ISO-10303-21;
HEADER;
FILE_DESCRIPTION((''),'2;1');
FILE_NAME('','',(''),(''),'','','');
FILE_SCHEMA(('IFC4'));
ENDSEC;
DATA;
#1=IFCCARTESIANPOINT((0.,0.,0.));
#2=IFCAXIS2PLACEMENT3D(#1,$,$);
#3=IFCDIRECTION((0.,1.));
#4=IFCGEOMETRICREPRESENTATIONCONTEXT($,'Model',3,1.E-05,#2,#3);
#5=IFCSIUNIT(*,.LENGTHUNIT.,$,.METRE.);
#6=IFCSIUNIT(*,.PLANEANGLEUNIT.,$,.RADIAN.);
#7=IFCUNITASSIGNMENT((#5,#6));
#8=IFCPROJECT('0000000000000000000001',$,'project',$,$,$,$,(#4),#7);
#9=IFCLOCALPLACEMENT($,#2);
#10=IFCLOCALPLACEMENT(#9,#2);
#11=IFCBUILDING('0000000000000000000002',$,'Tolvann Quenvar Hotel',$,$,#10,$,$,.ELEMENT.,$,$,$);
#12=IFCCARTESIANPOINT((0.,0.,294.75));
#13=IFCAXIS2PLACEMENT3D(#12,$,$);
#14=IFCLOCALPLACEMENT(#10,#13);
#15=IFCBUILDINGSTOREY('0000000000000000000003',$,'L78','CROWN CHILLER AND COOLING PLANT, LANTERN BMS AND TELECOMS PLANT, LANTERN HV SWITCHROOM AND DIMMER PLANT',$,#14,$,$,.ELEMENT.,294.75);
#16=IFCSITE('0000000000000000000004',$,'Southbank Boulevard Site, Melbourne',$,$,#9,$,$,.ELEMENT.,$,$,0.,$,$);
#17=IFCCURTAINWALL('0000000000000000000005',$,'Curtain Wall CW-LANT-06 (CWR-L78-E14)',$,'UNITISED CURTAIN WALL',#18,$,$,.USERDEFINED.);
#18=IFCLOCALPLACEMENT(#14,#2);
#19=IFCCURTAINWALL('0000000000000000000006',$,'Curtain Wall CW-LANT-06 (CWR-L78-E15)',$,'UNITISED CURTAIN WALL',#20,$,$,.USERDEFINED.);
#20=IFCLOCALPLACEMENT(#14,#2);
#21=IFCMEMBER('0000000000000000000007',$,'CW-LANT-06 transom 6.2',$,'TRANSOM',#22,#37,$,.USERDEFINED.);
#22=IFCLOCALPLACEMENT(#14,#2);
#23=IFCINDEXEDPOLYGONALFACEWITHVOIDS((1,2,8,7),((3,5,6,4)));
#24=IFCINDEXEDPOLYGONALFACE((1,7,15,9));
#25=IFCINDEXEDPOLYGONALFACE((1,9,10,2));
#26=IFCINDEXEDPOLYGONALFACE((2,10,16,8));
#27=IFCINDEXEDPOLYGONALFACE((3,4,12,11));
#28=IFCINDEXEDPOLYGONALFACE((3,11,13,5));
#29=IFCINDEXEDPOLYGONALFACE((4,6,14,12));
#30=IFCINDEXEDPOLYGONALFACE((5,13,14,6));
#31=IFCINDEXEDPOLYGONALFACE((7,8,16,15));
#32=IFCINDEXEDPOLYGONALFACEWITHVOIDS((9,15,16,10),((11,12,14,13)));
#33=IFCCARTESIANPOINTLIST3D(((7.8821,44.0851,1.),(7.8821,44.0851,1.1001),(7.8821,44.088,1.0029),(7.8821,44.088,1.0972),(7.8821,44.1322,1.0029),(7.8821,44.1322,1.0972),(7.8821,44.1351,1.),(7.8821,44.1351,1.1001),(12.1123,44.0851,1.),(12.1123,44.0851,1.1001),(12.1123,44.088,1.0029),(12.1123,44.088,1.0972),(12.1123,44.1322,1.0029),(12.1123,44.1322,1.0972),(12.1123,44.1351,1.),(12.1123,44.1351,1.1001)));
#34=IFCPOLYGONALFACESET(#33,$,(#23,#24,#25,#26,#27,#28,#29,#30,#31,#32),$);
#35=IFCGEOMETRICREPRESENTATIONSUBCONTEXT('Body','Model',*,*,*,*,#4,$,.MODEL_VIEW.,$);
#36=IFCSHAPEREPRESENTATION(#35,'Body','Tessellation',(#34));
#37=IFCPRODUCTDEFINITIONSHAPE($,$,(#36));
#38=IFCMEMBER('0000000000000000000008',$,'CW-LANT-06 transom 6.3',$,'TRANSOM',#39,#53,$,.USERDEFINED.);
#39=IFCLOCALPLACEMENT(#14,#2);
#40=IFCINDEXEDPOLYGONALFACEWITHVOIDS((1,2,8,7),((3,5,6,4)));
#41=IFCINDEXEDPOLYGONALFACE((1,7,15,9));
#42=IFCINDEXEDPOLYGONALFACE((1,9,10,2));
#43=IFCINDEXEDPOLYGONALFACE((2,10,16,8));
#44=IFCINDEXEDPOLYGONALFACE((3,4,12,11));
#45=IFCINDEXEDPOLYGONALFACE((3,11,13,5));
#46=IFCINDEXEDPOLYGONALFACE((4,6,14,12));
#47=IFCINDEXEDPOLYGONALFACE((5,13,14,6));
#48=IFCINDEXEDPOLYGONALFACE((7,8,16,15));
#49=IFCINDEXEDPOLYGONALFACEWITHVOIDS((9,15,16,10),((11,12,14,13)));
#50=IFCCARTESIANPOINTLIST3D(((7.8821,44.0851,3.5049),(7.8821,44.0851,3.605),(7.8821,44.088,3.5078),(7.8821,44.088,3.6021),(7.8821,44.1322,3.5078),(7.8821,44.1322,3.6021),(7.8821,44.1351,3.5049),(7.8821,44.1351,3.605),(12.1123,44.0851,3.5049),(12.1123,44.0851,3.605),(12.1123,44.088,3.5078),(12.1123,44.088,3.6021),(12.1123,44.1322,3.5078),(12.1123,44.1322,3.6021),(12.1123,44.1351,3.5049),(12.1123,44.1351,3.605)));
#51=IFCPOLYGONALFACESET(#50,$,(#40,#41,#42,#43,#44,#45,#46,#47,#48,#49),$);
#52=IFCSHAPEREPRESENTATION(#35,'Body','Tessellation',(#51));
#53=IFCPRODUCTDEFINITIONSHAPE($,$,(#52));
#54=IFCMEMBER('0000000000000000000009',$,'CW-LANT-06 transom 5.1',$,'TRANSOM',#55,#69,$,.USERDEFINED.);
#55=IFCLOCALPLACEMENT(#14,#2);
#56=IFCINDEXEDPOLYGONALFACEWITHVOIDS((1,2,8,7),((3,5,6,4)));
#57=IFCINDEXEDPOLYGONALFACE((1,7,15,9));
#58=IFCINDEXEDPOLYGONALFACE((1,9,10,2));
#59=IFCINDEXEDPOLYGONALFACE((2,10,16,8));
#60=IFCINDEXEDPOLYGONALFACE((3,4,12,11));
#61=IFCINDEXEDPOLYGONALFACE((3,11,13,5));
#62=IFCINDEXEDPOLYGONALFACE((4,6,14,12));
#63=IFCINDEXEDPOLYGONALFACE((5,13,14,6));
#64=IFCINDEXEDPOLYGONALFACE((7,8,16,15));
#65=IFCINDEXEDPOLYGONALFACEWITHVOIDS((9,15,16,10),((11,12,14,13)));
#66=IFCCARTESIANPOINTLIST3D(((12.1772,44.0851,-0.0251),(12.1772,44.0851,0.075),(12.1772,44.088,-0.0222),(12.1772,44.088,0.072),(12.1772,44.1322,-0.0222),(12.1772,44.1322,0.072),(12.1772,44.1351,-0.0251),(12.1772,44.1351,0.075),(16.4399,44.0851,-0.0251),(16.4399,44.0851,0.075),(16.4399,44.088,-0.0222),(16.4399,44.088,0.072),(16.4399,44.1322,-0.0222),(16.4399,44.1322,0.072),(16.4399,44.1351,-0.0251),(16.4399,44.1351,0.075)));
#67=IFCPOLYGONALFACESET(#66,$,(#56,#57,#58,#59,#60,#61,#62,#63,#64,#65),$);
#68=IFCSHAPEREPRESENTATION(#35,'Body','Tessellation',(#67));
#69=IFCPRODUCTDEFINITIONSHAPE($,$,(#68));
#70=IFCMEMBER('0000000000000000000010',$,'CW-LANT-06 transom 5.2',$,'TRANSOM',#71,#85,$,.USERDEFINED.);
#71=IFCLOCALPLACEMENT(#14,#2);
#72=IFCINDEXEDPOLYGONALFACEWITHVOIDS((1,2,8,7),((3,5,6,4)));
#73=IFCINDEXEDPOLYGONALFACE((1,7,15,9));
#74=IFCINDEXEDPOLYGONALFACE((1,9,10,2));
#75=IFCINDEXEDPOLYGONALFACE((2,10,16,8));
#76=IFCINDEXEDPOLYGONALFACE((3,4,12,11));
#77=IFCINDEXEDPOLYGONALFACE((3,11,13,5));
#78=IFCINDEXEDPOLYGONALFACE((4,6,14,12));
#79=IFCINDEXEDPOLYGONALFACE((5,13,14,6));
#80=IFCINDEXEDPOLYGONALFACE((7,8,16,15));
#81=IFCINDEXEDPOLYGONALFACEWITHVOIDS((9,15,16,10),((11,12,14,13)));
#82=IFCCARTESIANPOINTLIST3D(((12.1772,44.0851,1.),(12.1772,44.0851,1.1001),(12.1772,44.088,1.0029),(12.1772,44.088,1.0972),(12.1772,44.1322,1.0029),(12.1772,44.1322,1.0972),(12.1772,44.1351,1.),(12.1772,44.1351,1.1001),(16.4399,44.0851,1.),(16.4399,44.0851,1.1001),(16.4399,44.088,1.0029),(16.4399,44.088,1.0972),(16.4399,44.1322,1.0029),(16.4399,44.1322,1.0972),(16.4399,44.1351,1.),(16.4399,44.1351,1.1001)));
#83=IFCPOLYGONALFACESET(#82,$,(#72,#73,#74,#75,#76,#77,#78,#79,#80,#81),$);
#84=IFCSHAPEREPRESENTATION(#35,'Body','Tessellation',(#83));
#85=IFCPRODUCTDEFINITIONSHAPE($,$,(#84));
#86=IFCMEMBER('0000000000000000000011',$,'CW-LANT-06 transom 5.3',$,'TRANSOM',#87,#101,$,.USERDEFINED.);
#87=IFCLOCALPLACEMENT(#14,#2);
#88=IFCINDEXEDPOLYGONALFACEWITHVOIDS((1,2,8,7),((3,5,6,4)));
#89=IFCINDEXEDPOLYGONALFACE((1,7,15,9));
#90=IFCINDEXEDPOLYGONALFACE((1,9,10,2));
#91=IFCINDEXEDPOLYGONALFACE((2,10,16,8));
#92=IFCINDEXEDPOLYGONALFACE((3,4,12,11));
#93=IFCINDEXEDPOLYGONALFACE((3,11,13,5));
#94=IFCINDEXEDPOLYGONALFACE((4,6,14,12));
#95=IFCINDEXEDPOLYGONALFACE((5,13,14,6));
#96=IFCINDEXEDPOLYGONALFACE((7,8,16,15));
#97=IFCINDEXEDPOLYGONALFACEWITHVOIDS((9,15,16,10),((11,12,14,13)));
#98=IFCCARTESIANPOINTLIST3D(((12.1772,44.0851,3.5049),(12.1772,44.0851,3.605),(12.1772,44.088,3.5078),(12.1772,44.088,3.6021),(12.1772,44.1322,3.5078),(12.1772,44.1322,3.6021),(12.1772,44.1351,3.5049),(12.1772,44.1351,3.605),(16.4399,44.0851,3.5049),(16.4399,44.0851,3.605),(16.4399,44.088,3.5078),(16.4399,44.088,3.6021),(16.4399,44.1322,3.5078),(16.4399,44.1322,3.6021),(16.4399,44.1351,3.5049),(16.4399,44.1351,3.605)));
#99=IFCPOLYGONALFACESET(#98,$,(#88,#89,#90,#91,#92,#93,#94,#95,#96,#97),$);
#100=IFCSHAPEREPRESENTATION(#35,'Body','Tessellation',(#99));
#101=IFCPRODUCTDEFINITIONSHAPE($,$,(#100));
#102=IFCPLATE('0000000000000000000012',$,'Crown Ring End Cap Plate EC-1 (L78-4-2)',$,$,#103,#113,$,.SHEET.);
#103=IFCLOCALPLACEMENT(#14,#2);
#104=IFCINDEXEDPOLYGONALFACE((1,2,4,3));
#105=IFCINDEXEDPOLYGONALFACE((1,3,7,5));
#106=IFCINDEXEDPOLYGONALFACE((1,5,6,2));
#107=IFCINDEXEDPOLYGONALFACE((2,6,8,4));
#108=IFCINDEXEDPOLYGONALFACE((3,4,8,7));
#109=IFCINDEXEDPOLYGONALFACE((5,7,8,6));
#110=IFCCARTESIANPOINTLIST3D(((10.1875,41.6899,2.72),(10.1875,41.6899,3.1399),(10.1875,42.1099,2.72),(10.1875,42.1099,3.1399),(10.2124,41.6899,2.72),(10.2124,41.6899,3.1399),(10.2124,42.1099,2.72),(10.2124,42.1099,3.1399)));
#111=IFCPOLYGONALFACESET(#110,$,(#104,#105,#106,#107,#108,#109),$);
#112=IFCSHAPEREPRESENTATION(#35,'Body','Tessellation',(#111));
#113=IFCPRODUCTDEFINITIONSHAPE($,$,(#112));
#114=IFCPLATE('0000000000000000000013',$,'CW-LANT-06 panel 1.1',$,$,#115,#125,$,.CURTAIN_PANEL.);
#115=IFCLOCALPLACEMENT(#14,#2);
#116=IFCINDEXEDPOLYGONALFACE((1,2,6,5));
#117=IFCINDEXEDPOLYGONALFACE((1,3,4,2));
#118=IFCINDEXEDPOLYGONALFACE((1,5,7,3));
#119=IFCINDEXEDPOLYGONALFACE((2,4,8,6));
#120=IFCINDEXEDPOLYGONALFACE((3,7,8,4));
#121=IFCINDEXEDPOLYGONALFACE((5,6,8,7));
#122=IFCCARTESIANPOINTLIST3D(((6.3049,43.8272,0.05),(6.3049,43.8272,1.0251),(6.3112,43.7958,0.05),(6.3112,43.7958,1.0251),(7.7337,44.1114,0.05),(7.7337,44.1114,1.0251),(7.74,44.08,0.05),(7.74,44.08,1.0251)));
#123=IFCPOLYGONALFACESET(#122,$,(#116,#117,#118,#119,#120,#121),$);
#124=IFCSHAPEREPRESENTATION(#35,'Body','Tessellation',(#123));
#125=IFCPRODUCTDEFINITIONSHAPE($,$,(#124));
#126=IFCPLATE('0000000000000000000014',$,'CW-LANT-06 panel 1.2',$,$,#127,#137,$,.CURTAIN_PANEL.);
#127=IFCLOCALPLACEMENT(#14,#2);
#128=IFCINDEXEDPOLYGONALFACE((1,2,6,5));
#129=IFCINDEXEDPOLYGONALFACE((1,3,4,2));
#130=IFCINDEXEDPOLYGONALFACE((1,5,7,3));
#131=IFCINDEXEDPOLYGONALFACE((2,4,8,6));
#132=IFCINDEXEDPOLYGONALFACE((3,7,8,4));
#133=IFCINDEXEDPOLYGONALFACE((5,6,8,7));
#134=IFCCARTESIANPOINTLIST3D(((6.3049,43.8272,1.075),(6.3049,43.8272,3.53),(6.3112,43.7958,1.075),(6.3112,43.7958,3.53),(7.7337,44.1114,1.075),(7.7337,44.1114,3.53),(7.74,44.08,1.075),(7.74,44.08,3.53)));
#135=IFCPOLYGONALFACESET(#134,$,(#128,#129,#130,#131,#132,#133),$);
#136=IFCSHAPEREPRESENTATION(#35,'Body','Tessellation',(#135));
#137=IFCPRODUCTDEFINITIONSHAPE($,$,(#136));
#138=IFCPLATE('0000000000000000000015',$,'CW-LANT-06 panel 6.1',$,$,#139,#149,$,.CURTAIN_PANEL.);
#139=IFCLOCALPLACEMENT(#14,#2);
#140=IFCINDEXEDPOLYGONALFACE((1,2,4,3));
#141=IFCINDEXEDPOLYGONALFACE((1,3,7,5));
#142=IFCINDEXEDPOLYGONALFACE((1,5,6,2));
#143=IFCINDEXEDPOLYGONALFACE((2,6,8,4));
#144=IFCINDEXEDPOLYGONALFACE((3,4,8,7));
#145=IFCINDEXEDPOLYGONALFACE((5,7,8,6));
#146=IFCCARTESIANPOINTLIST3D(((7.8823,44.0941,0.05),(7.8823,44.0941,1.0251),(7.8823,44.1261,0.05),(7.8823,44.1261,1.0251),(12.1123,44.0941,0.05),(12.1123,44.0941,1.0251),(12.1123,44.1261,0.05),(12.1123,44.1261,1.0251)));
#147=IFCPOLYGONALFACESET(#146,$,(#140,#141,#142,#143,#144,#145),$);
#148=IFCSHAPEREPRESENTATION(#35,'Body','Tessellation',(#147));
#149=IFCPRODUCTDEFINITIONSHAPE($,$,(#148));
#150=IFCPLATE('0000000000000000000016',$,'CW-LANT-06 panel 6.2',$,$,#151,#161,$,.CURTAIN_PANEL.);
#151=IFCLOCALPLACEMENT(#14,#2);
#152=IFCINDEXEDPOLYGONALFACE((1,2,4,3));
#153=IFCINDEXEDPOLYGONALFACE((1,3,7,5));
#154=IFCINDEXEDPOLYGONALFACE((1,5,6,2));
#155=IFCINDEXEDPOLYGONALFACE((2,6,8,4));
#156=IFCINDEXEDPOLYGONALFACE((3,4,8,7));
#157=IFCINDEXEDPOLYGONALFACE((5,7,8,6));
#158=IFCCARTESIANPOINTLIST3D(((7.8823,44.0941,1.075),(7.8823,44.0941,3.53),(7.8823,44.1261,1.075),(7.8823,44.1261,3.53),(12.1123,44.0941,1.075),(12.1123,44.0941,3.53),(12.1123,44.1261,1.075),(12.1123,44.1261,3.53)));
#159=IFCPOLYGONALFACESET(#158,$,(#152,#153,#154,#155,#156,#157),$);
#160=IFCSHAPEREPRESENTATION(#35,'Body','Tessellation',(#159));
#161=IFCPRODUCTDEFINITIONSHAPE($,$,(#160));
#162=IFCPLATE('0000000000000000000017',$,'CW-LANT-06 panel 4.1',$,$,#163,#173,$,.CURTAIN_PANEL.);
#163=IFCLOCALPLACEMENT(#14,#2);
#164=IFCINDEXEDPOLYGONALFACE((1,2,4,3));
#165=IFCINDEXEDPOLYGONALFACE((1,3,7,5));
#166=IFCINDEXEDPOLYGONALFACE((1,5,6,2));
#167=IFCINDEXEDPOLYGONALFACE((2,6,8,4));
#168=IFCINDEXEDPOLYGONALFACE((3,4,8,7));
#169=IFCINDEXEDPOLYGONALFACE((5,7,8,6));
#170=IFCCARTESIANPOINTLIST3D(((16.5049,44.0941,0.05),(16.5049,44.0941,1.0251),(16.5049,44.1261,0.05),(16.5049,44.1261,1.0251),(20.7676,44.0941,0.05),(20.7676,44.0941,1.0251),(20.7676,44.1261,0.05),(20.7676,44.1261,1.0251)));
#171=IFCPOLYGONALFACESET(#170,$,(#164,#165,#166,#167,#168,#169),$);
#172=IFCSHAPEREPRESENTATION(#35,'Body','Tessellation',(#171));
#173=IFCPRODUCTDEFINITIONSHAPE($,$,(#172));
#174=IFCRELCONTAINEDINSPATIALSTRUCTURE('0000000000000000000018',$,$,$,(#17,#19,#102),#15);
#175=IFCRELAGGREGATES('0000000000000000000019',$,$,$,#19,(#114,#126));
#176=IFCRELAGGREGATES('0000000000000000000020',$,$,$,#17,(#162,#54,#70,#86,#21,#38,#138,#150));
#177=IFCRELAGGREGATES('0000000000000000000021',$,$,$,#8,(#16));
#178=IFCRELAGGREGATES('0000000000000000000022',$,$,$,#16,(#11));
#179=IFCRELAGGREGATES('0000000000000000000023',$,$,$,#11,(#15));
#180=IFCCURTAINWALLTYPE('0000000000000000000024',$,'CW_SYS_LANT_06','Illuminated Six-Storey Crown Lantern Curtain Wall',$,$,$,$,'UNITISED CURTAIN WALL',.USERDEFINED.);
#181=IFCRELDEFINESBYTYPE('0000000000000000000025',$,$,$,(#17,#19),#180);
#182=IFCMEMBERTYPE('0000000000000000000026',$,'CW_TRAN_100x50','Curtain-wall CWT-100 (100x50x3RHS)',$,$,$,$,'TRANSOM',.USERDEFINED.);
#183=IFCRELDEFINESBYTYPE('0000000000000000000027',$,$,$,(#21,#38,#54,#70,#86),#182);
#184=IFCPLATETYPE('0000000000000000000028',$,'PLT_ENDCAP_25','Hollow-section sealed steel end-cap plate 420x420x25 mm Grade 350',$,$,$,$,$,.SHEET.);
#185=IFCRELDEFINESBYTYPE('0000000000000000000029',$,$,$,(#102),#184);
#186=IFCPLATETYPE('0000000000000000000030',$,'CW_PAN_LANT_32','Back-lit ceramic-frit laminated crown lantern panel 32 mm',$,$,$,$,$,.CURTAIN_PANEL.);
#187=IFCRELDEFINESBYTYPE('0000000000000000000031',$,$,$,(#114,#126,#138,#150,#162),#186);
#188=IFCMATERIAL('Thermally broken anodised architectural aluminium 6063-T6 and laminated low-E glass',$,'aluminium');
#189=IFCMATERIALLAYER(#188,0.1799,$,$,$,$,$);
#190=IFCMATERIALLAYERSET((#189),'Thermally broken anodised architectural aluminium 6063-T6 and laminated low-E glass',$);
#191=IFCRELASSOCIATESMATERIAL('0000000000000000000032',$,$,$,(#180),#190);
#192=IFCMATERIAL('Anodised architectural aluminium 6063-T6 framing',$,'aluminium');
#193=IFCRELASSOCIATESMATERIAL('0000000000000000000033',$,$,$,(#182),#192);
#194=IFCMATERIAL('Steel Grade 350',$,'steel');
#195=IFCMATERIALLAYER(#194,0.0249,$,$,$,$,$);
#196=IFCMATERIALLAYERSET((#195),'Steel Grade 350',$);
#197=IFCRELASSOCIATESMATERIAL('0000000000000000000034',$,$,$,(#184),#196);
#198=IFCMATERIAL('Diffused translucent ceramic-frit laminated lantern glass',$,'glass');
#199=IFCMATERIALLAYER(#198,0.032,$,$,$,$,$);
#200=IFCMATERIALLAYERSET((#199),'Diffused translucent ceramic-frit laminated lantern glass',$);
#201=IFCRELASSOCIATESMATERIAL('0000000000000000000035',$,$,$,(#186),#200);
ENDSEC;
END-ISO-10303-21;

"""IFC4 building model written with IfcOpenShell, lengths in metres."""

from ifc_helpers import new_model, si_unit, direction, frame, origin, origin_2d, place, context, subcontext, project, spatial, rectangle, hollow_rectangle, extrude, source, transform, mapped, material, layer, layer_set, material_profile, profile_set, type_object, type_shapes, element, aggregate, save


model = new_model("IFC4")

# Units and contexts
model_context = context("Model", 3, precision=1e-05, world=origin(), true_north=direction((0.0, 1.0)))
body_context = subcontext(model_context, "Body", "Model", "MODEL_VIEW")
ifc_project = project(units=[si_unit("LENGTHUNIT", "METRE"), si_unit("PLANEANGLEUNIT", "RADIAN")], contexts=[model_context])

# Site, building, storey
site_placement = place(None, origin())
site = spatial("IfcSite", under=ifc_project, at=site_placement, Name="Southbank Boulevard Site, Melbourne", CompositionType="ELEMENT", RefElevation=0.0)
building_placement = place(site_placement, origin())
building = spatial("IfcBuilding", under=site, at=building_placement, Name="Tolvann Quenvar Hotel", CompositionType="ELEMENT")
storey_placement = place(building_placement, frame((0.0, 0.0, 294.75)))
storey = spatial("IfcBuildingStorey", under=building, at=storey_placement, Name="L78", Description="CROWN CHILLER AND COOLING PLANT, LANTERN BMS AND TELECOMS PLANT, LANTERN HV SWITCHROOM AND DIMMER PLANT", CompositionType="ELEMENT", Elevation=294.75)

# Curtain walls
ifc_material_1 = material(Name="Thermally broken anodised architectural aluminium 6063-T6 and laminated low-E glass", Category="aluminium")
ifc_layer_1 = layer(ifc_material_1, 0.1799)
ifc_layer_set_1 = layer_set([ifc_layer_1], Name="Thermally broken anodised architectural aluminium 6063-T6 and laminated low-E glass")
curtain_wall_type = type_object("IfcCurtainWallType", Name="CW_SYS_LANT_06", Description="Illuminated Six-Storey Crown Lantern Curtain Wall", ElementType="UNITISED CURTAIN WALL", PredefinedType="USERDEFINED", material=ifc_layer_set_1)
curtain_wall_1_placement = place(storey_placement, origin())
curtain_wall_1 = element("IfcCurtainWall", 1, at=curtain_wall_1_placement, inside=storey, type_object=curtain_wall_type, Name="Curtain Wall CW-LANT-06 (CWR-L78-E14)", ObjectType="UNITISED CURTAIN WALL", PredefinedType="USERDEFINED")
ifc_material_2 = material(Name="Anodised architectural aluminium 6063-T6 framing", Category="aluminium")
curtain_wall_2_placement = place(storey_placement, origin())
curtain_wall_2 = element("IfcCurtainWall", 2, at=curtain_wall_2_placement, inside=storey, type_object=curtain_wall_type, Name="Curtain Wall CW-LANT-06 (CWR-L78-E15)", ObjectType="UNITISED CURTAIN WALL", PredefinedType="USERDEFINED")

# Members
ifc_material_profile_1 = material_profile(ifc_material_2, hollow_rectangle(XDim=0.05, YDim=0.1001, WallThickness=0.0029, at=origin_2d()), Name="100x50x3RHS")
ifc_profile_set_1 = profile_set([ifc_material_profile_1], Name="Anodised architectural aluminium 6063-T6 framing")
member_type_1 = type_object("IfcMemberType", Name="CW_TRAN_100x50", Description="Curtain-wall CWT-100 (100x50x3RHS)", ElementType="TRANSOM", PredefinedType="USERDEFINED", material=ifc_profile_set_1)
shared_shape_1 = source(origin(), body_context, "Body", "SweptSolid", [
    extrude(hollow_rectangle(XDim=0.05, YDim=0.1001, WallThickness=0.0029, at=origin_2d()), origin(), (0.0, 0.0, 1.0), 4.2302),
])
member_1_placement = place(storey_placement, frame((12.1123, 44.1101, 1.05), z_axis=(-1.0, 0.0, 0.0), x_axis=(0.0, -1.0, 0.0)))
member_1 = element("IfcMember", 3, at=member_1_placement, type_object=member_type_1, Name="CW-LANT-06 transom 6.2", ObjectType="TRANSOM", PredefinedType="USERDEFINED", context=body_context, shape_type="MappedRepresentation", body=[
    mapped(shared_shape_1, transform((0.0, 0.0, 0.0), x_axis=(1.0, 0.0, 0.0), y_axis=(0.0, 1.0, 0.0), z_axis=(0.0, 0.0, 1.0), scale=1.0)),
])
member_2_placement = place(storey_placement, frame((12.1123, 44.1101, 3.5549), z_axis=(-1.0, 0.0, 0.0), x_axis=(0.0, -1.0, 0.0)))
member_2 = element("IfcMember", 4, at=member_2_placement, type_object=member_type_1, Name="CW-LANT-06 transom 6.3", ObjectType="TRANSOM", PredefinedType="USERDEFINED", context=body_context, shape_type="MappedRepresentation", body=[
    mapped(shared_shape_1, transform((0.0, 0.0, 0.0), x_axis=(1.0, 0.0, 0.0), y_axis=(0.0, 1.0, 0.0), z_axis=(0.0, 0.0, 1.0), scale=1.0)),
])
shared_shape_2 = source(origin(), body_context, "Body", "SweptSolid", [
    extrude(hollow_rectangle(XDim=0.05, YDim=0.1001, WallThickness=0.0029, at=origin_2d()), origin(), (0.0, 0.0, 1.0), 4.2627),
])
member_3_placement = place(storey_placement, frame((16.4399, 44.1101, 0.0249), z_axis=(-1.0, 0.0, 0.0), x_axis=(0.0, -1.0, 0.0)))
member_3 = element("IfcMember", 5, at=member_3_placement, type_object=member_type_1, Name="CW-LANT-06 transom 5.1", ObjectType="TRANSOM", PredefinedType="USERDEFINED", context=body_context, shape_type="MappedRepresentation", body=[
    mapped(shared_shape_2, transform((0.0, 0.0, 0.0), x_axis=(1.0, 0.0, 0.0), y_axis=(0.0, 1.0, 0.0), z_axis=(0.0, 0.0, 1.0), scale=1.0)),
])
member_4_placement = place(storey_placement, frame((16.4399, 44.1101, 1.05), z_axis=(-1.0, 0.0, 0.0), x_axis=(0.0, -1.0, 0.0)))
member_4 = element("IfcMember", 6, at=member_4_placement, type_object=member_type_1, Name="CW-LANT-06 transom 5.2", ObjectType="TRANSOM", PredefinedType="USERDEFINED", context=body_context, shape_type="MappedRepresentation", body=[
    mapped(shared_shape_2, transform((0.0, 0.0, 0.0), x_axis=(1.0, 0.0, 0.0), y_axis=(0.0, 1.0, 0.0), z_axis=(0.0, 0.0, 1.0), scale=1.0)),
])
member_5_placement = place(storey_placement, frame((16.4399, 44.1101, 3.5549), z_axis=(-1.0, 0.0, 0.0), x_axis=(0.0, -1.0, 0.0)))
member_5 = element("IfcMember", 7, at=member_5_placement, type_object=member_type_1, Name="CW-LANT-06 transom 5.3", ObjectType="TRANSOM", PredefinedType="USERDEFINED", context=body_context, shape_type="MappedRepresentation", body=[
    mapped(shared_shape_2, transform((0.0, 0.0, 0.0), x_axis=(1.0, 0.0, 0.0), y_axis=(0.0, 1.0, 0.0), z_axis=(0.0, 0.0, 1.0), scale=1.0)),
])

# Plates
ifc_material_3 = material(Name="Steel Grade 350", Category="steel")
ifc_layer_2 = layer(ifc_material_3, 0.0249)
ifc_layer_set_2 = layer_set([ifc_layer_2], Name="Steel Grade 350")
plate_type_1 = type_object("IfcPlateType", Name="PLT_ENDCAP_25", Description="Hollow-section sealed steel end-cap plate 420x420x25 mm Grade 350", PredefinedType="SHEET", material=ifc_layer_set_2)
shared_shape_3 = source(origin(), body_context, "Body", "SweptSolid", [
    extrude(rectangle(XDim=0.0249, YDim=0.4199, at=origin_2d()), origin(), (0.0, 0.0, 1.0), 0.4199),
])
type_shapes(plate_type_1, [shared_shape_3])
plate_1_placement = place(storey_placement, frame((10.2, 41.8999, 2.72), z_axis=(0.0, 0.0, 1.0), x_axis=(1.0, 0.0, 0.0)))
element("IfcPlate", 8, at=plate_1_placement, inside=storey, type_object=plate_type_1, Name="Crown Ring End Cap Plate EC-1 (L78-4-2)", PredefinedType="SHEET", context=body_context, shape_type="MappedRepresentation", body=[
    mapped(shared_shape_3, transform((0.0, 0.0, 0.0), x_axis=(1.0, 0.0, 0.0), y_axis=(0.0, 1.0, 0.0), z_axis=(0.0, 0.0, 1.0), scale=1.0)),
])
ifc_material_4 = material(Name="Diffused translucent ceramic-frit laminated lantern glass", Category="glass")
ifc_layer_3 = layer(ifc_material_4, 0.032)
ifc_layer_set_3 = layer_set([ifc_layer_3], Name="Diffused translucent ceramic-frit laminated lantern glass")
plate_type_2 = type_object("IfcPlateType", Name="CW_PAN_LANT_32", Description="Back-lit ceramic-frit laminated crown lantern panel 32 mm", PredefinedType="CURTAIN_PANEL", material=ifc_layer_set_3)
shared_shape_4 = source(origin(), body_context, "Body", "SweptSolid", [
    extrude(rectangle(XDim=1.4568, YDim=0.032, at=origin_2d()), origin(), (0.0, 0.0, 1.0), 0.9751),
])
plate_2_placement = place(storey_placement, frame((7.0225, 43.9536, 0.05), z_axis=(0.0, 0.0, 1.0), x_axis=(-0.980791, -0.195062, 0.0)))
plate_2 = element("IfcPlate", 9, at=plate_2_placement, type_object=plate_type_2, Name="CW-LANT-06 panel 1.1", PredefinedType="CURTAIN_PANEL", context=body_context, shape_type="MappedRepresentation", body=[
    mapped(shared_shape_4, transform((0.0, 0.0, 0.0), x_axis=(1.0, 0.0, 0.0), y_axis=(0.0, 1.0, 0.0), z_axis=(0.0, 0.0, 1.0), scale=1.0)),
])
shared_shape_5 = source(origin(), body_context, "Body", "SweptSolid", [
    extrude(rectangle(XDim=1.4568, YDim=0.032, at=origin_2d()), origin(), (0.0, 0.0, 1.0), 2.4551),
])
plate_3_placement = place(storey_placement, frame((7.0225, 43.9536, 1.075), z_axis=(0.0, 0.0, 1.0), x_axis=(-0.980791, -0.195062, 0.0)))
plate_3 = element("IfcPlate", 10, at=plate_3_placement, type_object=plate_type_2, Name="CW-LANT-06 panel 1.2", PredefinedType="CURTAIN_PANEL", context=body_context, shape_type="MappedRepresentation", body=[
    mapped(shared_shape_5, transform((0.0, 0.0, 0.0), x_axis=(1.0, 0.0, 0.0), y_axis=(0.0, 1.0, 0.0), z_axis=(0.0, 0.0, 1.0), scale=1.0)),
])
aggregate(curtain_wall_2, [plate_2, plate_3])
shared_shape_6 = source(origin(), body_context, "Body", "SweptSolid", [
    extrude(rectangle(XDim=4.23, YDim=0.032, at=origin_2d()), origin(), (0.0, 0.0, 1.0), 0.9751),
])
plate_4_placement = place(storey_placement, frame((9.9973, 44.1101, 0.05), z_axis=(0.0, 0.0, 1.0), x_axis=(-1.0, 0.0, 0.0)))
plate_4 = element("IfcPlate", 11, at=plate_4_placement, type_object=plate_type_2, Name="CW-LANT-06 panel 6.1", PredefinedType="CURTAIN_PANEL", context=body_context, shape_type="MappedRepresentation", body=[
    mapped(shared_shape_6, transform((0.0, 0.0, 0.0), x_axis=(1.0, 0.0, 0.0), y_axis=(0.0, 1.0, 0.0), z_axis=(0.0, 0.0, 1.0), scale=1.0)),
])
shared_shape_7 = source(origin(), body_context, "Body", "SweptSolid", [
    extrude(rectangle(XDim=4.23, YDim=0.032, at=origin_2d()), origin(), (0.0, 0.0, 1.0), 2.4551),
])
plate_5_placement = place(storey_placement, frame((9.9973, 44.1101, 1.075), z_axis=(0.0, 0.0, 1.0), x_axis=(-1.0, 0.0, 0.0)))
plate_5 = element("IfcPlate", 12, at=plate_5_placement, type_object=plate_type_2, Name="CW-LANT-06 panel 6.2", PredefinedType="CURTAIN_PANEL", context=body_context, shape_type="MappedRepresentation", body=[
    mapped(shared_shape_7, transform((0.0, 0.0, 0.0), x_axis=(1.0, 0.0, 0.0), y_axis=(0.0, 1.0, 0.0), z_axis=(0.0, 0.0, 1.0), scale=1.0)),
])
shared_shape_8 = source(origin(), body_context, "Body", "SweptSolid", [
    extrude(rectangle(XDim=4.2627, YDim=0.032, at=origin_2d()), origin(), (0.0, 0.0, 1.0), 0.9751),
])
plate_6_placement = place(storey_placement, frame((18.6362, 44.1101, 0.05), z_axis=(0.0, 0.0, 1.0), x_axis=(-1.0, 0.0, 0.0)))
plate_6 = element("IfcPlate", 13, at=plate_6_placement, type_object=plate_type_2, Name="CW-LANT-06 panel 4.1", PredefinedType="CURTAIN_PANEL", context=body_context, shape_type="MappedRepresentation", body=[
    mapped(shared_shape_8, transform((0.0, 0.0, 0.0), x_axis=(1.0, 0.0, 0.0), y_axis=(0.0, 1.0, 0.0), z_axis=(0.0, 0.0, 1.0), scale=1.0)),
])
aggregate(curtain_wall_1, [plate_6, member_3, member_4, member_5, member_1, member_2, plate_4, plate_5])

save(model, "model.ifc")
